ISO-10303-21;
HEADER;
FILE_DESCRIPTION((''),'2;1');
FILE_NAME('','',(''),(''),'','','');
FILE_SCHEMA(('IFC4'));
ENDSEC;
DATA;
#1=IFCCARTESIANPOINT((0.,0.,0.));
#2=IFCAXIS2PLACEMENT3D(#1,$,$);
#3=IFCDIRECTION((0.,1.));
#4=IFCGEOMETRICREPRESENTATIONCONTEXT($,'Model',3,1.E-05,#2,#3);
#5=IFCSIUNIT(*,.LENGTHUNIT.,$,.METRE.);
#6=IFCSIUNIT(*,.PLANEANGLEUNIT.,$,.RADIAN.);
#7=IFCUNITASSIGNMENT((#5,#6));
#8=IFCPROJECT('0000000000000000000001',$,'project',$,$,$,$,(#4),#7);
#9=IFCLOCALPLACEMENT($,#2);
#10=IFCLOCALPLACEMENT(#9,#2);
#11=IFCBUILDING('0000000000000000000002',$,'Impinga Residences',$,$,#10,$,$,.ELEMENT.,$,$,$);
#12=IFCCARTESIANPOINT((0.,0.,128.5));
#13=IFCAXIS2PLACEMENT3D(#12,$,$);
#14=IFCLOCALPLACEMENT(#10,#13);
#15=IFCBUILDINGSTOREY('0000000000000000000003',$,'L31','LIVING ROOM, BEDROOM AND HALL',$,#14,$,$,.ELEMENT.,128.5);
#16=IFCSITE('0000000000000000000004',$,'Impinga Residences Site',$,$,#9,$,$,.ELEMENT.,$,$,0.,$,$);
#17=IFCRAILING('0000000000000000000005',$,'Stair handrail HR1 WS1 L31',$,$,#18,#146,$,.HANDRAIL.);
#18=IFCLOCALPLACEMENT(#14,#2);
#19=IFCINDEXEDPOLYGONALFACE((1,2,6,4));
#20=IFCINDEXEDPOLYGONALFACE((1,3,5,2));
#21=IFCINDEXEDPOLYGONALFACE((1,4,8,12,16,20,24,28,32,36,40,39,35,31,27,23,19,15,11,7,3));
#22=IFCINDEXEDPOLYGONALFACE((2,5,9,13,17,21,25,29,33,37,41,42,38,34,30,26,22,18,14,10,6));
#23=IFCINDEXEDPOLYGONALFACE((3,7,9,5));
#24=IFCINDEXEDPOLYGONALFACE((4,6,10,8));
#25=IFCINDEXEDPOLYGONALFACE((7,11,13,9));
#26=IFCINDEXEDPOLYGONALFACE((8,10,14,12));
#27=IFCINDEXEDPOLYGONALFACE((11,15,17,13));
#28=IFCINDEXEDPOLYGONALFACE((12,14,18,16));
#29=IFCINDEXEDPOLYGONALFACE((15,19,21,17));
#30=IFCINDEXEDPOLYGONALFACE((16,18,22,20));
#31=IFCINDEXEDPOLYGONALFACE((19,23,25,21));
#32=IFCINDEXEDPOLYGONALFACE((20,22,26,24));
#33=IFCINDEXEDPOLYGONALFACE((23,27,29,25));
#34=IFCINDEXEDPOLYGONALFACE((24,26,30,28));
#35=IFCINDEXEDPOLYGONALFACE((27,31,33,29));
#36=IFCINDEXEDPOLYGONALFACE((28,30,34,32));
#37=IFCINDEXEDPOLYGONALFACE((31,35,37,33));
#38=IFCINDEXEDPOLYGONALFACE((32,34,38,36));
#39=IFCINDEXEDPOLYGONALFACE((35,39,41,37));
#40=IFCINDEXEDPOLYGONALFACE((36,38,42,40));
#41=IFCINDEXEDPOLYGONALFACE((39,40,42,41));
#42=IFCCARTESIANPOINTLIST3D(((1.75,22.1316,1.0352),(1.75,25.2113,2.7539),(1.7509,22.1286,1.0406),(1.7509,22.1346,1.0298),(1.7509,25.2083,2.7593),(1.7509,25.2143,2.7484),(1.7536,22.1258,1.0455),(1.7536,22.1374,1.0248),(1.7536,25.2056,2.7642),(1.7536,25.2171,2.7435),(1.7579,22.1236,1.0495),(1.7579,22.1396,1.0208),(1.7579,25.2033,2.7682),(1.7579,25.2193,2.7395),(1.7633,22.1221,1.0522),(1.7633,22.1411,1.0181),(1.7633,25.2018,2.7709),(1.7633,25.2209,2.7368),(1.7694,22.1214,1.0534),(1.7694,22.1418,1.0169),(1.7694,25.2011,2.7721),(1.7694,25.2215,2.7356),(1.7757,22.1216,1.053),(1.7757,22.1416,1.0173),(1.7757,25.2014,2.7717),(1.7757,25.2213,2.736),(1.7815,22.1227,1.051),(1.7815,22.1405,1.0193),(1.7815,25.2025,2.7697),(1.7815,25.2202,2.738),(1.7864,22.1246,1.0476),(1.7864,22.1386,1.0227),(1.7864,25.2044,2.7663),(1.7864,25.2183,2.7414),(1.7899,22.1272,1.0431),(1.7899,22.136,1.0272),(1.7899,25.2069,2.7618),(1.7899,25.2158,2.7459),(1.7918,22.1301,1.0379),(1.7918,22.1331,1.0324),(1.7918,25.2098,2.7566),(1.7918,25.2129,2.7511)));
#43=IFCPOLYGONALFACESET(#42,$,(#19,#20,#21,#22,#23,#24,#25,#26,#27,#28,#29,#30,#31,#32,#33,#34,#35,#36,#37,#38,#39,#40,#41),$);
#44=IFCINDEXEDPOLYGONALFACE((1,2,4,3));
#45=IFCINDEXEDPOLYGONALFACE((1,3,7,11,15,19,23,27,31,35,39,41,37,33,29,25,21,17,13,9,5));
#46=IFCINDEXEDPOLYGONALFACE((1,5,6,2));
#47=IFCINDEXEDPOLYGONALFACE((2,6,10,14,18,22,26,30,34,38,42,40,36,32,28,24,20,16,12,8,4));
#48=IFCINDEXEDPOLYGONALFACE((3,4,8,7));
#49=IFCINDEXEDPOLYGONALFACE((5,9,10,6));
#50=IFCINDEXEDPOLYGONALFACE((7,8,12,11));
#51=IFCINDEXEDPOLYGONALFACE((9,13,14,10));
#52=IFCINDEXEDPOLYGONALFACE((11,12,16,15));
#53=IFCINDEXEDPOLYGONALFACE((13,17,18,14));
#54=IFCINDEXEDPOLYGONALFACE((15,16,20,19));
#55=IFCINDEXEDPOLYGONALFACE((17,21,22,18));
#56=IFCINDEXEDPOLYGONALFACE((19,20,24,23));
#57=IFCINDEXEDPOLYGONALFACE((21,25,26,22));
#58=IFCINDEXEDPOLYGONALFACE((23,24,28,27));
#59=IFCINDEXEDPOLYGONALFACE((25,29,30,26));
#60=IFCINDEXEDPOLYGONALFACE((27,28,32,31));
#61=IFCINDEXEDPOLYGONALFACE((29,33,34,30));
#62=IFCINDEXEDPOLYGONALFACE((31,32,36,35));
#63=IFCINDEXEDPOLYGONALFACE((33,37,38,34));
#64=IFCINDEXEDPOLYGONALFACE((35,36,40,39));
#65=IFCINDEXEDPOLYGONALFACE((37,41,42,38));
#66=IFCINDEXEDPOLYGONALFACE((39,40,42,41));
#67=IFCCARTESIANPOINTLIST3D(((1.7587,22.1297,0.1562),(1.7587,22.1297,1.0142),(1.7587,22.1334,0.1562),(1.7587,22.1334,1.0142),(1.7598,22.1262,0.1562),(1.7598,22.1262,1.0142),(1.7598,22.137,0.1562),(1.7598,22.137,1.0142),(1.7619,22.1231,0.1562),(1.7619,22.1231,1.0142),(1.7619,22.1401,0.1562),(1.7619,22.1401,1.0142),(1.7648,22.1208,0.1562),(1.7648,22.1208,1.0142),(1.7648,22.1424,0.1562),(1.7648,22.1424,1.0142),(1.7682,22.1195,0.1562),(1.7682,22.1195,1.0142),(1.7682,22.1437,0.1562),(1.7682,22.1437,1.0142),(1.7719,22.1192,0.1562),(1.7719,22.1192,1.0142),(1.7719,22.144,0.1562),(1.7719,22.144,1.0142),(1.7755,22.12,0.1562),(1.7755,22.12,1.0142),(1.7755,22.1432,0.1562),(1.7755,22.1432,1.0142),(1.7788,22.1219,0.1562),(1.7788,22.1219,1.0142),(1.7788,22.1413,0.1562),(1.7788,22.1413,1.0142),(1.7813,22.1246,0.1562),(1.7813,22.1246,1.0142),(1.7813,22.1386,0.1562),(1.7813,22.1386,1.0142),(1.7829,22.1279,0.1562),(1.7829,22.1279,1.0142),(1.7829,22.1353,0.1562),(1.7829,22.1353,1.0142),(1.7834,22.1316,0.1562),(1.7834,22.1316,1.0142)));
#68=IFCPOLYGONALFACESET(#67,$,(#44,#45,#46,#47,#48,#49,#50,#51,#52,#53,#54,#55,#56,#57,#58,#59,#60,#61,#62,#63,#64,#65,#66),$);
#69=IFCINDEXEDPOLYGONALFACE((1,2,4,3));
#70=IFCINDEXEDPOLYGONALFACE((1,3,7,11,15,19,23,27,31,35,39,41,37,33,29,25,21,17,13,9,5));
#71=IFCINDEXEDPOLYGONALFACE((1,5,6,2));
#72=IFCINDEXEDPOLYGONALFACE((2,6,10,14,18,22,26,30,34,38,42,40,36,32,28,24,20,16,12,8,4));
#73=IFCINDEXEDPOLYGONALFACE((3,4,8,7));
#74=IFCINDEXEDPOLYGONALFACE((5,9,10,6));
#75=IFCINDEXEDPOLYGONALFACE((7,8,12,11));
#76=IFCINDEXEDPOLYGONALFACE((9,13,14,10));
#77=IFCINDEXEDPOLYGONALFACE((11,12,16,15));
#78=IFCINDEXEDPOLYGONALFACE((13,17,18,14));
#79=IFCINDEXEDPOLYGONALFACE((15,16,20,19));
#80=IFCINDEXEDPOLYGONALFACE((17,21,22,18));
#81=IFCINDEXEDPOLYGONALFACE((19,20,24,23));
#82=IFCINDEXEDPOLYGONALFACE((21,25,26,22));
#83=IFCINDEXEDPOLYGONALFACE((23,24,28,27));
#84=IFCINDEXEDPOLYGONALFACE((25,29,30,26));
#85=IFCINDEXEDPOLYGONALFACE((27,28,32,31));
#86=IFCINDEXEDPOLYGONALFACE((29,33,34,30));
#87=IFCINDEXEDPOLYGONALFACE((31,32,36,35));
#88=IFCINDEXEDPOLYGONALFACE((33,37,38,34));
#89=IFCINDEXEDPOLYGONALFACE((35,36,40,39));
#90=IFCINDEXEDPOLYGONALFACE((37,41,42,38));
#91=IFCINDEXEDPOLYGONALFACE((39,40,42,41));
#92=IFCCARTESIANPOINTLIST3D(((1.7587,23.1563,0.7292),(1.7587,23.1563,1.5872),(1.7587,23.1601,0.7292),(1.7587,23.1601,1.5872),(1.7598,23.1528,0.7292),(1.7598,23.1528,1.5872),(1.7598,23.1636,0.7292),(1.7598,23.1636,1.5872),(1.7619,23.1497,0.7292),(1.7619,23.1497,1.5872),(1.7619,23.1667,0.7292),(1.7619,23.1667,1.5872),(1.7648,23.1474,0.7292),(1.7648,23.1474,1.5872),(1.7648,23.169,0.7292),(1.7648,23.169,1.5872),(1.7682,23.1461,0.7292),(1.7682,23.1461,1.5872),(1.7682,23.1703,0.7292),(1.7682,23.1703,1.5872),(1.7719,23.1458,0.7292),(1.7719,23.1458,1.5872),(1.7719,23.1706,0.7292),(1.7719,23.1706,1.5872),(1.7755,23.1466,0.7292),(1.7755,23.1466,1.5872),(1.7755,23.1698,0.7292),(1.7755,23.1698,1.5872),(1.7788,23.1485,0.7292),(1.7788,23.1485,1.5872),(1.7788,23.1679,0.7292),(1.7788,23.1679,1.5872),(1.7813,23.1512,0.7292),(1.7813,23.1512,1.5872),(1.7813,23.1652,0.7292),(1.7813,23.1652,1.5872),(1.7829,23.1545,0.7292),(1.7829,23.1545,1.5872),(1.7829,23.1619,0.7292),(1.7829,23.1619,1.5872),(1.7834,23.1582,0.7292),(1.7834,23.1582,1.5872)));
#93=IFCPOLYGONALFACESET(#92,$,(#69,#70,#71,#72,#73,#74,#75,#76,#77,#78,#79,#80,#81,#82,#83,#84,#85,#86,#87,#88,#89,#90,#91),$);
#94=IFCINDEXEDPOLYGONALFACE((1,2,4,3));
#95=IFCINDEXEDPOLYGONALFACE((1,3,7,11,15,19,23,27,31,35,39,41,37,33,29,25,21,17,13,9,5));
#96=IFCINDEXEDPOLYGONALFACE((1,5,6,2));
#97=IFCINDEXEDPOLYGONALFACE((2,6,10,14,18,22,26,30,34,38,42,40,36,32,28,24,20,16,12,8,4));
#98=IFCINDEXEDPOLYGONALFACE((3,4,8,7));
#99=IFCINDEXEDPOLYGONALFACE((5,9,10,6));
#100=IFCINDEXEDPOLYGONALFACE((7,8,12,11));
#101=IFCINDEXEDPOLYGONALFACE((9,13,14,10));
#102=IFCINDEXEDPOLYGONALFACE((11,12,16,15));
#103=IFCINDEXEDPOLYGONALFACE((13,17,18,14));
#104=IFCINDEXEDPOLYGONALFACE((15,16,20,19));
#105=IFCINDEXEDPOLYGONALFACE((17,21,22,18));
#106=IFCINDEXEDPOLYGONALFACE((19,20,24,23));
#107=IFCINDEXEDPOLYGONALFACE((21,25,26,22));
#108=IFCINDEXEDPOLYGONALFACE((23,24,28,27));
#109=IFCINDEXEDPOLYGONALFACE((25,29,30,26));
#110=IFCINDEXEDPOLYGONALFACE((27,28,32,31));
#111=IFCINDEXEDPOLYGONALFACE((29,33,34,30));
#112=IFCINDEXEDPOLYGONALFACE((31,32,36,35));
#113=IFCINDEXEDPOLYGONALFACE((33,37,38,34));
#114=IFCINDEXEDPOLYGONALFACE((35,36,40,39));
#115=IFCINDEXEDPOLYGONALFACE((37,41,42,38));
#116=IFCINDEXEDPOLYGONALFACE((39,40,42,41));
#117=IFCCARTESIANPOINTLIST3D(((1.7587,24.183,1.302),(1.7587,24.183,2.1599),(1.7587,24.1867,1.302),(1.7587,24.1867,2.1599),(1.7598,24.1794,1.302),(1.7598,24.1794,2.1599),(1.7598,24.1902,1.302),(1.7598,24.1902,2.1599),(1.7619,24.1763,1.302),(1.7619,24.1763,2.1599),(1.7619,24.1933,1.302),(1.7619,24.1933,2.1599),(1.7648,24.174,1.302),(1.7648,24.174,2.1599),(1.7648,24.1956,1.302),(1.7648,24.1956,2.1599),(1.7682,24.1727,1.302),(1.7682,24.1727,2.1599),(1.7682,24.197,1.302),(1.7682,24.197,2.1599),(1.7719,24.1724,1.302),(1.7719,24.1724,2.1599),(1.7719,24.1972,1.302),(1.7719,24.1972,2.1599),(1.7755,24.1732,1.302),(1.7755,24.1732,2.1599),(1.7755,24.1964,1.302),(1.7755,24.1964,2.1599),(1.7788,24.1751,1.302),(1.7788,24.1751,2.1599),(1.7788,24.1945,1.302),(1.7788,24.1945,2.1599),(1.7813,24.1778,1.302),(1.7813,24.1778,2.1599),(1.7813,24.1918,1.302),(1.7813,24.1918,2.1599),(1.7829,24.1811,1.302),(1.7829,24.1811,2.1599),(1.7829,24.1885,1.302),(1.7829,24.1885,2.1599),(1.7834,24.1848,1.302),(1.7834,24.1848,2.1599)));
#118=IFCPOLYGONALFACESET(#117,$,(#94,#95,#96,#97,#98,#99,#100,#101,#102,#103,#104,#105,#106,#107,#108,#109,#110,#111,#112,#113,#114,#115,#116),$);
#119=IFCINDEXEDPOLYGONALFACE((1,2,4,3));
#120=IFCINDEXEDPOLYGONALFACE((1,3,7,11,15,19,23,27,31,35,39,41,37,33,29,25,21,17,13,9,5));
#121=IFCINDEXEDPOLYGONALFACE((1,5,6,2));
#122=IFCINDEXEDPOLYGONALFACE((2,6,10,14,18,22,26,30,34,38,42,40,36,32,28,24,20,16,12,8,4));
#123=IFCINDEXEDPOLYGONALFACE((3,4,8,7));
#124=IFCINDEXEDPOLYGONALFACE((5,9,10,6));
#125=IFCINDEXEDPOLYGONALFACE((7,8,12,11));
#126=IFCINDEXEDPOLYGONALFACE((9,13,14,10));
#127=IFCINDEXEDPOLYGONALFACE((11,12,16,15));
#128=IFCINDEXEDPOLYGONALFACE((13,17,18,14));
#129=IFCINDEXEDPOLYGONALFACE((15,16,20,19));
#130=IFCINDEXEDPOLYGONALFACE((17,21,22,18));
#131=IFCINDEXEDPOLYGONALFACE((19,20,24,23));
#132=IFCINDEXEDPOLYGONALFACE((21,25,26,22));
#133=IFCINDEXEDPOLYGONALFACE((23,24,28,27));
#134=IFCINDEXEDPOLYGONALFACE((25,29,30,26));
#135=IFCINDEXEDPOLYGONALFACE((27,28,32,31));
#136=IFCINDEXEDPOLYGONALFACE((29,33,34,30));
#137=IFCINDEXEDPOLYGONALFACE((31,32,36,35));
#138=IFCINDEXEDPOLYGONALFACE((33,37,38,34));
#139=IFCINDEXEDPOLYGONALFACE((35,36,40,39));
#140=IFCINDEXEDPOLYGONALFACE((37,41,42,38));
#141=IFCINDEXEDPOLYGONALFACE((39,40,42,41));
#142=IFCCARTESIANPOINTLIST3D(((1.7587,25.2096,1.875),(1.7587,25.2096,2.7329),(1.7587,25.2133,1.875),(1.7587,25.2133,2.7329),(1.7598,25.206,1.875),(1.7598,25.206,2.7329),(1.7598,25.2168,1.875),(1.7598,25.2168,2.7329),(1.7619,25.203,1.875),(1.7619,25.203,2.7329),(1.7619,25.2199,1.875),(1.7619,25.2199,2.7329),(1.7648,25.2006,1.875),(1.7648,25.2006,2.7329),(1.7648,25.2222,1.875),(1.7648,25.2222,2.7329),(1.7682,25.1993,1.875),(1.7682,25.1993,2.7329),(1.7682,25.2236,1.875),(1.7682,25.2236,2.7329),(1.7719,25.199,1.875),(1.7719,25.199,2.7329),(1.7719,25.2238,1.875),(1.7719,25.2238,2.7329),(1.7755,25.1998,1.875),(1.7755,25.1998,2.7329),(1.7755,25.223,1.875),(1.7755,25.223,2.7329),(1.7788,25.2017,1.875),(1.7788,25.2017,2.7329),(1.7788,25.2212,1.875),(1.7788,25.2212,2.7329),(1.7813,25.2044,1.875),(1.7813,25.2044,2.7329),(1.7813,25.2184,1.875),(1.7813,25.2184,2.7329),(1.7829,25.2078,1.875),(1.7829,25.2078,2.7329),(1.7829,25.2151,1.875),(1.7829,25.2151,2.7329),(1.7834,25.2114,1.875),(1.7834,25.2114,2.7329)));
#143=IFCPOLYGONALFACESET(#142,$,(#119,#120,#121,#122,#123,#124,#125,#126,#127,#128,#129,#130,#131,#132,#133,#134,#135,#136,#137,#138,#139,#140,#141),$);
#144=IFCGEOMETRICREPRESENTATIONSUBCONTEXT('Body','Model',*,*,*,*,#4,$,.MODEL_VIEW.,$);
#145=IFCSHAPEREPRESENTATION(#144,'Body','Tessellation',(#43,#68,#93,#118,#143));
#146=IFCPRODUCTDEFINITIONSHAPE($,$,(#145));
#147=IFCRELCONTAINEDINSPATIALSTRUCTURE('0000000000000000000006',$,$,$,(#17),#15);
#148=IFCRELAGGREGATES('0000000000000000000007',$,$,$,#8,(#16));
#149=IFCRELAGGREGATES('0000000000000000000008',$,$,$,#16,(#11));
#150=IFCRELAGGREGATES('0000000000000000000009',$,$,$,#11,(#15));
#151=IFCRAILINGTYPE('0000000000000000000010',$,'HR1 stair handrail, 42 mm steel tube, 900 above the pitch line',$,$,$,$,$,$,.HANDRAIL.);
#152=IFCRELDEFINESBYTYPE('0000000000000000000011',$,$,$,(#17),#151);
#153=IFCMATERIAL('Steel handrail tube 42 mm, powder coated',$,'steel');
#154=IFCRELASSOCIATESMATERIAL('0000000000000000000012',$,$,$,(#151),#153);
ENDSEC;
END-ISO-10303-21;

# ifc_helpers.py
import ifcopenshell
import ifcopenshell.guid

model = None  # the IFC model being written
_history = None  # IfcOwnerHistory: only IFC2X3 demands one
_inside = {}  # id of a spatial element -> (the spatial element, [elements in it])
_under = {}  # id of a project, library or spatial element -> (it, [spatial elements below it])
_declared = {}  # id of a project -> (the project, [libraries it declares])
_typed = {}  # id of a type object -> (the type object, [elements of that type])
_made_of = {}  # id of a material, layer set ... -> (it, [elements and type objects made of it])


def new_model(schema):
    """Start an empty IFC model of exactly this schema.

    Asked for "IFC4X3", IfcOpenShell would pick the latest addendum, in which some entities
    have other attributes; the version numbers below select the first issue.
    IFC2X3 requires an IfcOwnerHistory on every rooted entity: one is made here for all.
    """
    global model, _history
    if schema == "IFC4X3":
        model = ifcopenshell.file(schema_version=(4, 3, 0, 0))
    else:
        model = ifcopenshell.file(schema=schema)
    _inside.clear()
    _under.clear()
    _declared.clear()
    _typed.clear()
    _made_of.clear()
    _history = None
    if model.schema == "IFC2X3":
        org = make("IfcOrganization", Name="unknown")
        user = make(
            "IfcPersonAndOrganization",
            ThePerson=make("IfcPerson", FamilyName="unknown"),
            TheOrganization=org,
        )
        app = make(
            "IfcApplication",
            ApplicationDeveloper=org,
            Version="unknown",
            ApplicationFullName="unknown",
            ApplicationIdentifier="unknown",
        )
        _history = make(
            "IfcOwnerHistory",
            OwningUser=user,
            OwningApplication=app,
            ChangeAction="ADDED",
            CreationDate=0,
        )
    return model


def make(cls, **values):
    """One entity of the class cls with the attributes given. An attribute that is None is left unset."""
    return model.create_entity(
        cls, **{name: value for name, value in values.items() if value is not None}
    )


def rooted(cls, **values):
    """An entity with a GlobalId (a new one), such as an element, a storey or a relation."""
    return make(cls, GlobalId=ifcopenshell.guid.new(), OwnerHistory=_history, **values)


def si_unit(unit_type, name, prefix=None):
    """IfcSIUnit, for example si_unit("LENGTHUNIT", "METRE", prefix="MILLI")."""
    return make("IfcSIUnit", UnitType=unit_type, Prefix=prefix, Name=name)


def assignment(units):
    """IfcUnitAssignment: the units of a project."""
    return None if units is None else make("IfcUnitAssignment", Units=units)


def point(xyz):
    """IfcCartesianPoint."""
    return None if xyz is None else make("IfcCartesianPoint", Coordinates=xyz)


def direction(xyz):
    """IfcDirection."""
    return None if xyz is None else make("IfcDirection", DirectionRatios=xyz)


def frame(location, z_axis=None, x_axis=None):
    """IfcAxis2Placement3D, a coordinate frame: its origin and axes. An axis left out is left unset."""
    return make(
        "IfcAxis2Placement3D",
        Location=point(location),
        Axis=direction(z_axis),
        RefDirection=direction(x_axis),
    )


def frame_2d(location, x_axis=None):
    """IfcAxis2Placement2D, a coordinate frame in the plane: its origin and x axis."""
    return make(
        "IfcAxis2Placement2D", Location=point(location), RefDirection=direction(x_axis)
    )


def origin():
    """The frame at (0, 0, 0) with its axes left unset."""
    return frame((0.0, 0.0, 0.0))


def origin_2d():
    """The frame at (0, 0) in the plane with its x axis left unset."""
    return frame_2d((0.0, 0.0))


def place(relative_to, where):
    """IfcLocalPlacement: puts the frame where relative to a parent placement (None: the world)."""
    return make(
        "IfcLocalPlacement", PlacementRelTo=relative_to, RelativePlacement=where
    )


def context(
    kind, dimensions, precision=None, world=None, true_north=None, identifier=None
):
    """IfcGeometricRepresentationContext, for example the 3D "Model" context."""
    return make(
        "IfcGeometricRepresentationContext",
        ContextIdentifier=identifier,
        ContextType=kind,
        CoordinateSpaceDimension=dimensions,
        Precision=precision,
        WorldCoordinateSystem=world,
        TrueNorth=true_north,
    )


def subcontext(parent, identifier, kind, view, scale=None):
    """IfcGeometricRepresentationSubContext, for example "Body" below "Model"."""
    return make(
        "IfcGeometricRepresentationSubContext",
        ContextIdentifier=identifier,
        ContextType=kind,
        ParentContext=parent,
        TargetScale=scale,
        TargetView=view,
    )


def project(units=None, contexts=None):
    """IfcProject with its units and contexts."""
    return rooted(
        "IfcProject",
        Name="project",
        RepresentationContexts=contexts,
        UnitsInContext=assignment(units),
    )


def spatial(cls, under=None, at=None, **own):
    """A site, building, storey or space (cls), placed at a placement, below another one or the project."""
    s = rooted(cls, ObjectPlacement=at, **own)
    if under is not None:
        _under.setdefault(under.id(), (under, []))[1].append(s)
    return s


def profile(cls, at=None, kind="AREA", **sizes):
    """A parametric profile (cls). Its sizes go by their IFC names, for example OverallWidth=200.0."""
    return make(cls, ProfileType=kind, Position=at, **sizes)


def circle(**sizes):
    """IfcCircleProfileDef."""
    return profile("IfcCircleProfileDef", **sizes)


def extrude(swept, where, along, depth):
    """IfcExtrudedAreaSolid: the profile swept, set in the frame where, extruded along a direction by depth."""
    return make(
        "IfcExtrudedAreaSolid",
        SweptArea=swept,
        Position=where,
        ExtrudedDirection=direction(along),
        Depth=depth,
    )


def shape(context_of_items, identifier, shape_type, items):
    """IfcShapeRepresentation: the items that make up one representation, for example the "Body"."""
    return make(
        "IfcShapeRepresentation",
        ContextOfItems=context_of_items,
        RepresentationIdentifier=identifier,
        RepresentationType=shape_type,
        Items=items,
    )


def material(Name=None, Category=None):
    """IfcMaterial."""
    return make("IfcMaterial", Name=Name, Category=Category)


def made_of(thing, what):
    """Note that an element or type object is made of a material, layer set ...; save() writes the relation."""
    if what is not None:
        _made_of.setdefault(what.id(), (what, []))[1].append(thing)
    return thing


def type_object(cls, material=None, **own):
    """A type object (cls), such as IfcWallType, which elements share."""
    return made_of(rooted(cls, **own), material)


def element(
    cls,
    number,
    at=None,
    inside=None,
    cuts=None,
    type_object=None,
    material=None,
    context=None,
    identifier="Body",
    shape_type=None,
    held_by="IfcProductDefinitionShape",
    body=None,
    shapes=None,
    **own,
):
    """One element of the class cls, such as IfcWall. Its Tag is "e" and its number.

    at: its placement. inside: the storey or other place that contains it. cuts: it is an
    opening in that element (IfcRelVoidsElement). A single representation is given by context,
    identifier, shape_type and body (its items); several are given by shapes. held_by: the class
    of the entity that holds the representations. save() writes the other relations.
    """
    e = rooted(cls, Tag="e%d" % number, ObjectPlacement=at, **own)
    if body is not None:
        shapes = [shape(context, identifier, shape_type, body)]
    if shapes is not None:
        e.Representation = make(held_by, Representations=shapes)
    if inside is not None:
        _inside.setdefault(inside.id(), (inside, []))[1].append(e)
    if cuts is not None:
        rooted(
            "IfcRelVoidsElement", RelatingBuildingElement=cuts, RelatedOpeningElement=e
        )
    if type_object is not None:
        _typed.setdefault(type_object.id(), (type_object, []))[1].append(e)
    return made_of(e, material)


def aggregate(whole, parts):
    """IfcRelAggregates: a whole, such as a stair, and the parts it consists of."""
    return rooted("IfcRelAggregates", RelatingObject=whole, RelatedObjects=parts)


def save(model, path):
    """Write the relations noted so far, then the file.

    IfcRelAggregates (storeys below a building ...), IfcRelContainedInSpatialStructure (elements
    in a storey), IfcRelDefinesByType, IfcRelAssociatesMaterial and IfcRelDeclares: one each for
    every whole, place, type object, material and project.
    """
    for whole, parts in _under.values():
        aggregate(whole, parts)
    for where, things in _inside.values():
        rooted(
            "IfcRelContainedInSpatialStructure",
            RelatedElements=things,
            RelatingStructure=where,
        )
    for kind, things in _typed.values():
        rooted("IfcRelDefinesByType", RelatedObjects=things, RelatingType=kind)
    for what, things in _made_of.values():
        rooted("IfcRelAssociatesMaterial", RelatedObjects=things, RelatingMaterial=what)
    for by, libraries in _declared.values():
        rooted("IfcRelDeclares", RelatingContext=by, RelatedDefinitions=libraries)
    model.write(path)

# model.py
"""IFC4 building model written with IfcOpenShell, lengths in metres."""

from ifc_helpers import new_model, si_unit, direction, frame, origin, origin_2d, place, context, subcontext, project, spatial, circle, extrude, material, type_object, element, save


model = new_model("IFC4")

# Units and contexts
model_context = context("Model", 3, precision=1e-05, world=origin(), true_north=direction((0.0, 1.0)))
body_context = subcontext(model_context, "Body", "Model", "MODEL_VIEW")
ifc_project = project(units=[si_unit("LENGTHUNIT", "METRE"), si_unit("PLANEANGLEUNIT", "RADIAN")], contexts=[model_context])

# Site, building, storey
site_placement = place(None, origin())
site = spatial("IfcSite", under=ifc_project, at=site_placement, Name="Impinga Residences Site", CompositionType="ELEMENT", RefElevation=0.0)
building_placement = place(site_placement, origin())
building = spatial("IfcBuilding", under=site, at=building_placement, Name="Impinga Residences", CompositionType="ELEMENT")
storey_placement = place(building_placement, frame((0.0, 0.0, 128.5)))
storey = spatial("IfcBuildingStorey", under=building, at=storey_placement, Name="L31", Description="LIVING ROOM, BEDROOM AND HALL", CompositionType="ELEMENT", Elevation=128.5)

# Railing
ifc_material_1 = material(Name="Steel handrail tube 42 mm, powder coated", Category="steel")
railing_type_1 = type_object("IfcRailingType", Name="HR1 stair handrail, 42 mm steel tube, 900 above the pitch line", PredefinedType="HANDRAIL", material=ifc_material_1)
railing_1_placement = place(storey_placement, frame((1.771, 22.1316, 0.1562)))
element("IfcRailing", 1, at=railing_1_placement, inside=storey, type_object=railing_type_1, Name="Stair handrail HR1 WS1 L31", PredefinedType="HANDRAIL", context=body_context, shape_type="SweptSolid", body=[
    extrude(circle(Radius=0.021, at=origin_2d()), frame((0.0, 0.0, 0.8789), z_axis=(0.0, 0.873225, 0.487317), x_axis=(-1.0, 0.0, 0.0)), (0.0, 0.0, 1.0), 3.5269),
    extrude(circle(Radius=0.0125, at=origin_2d()), origin(), (0.0, 0.0, 1.0), 0.8579),
    extrude(circle(Radius=0.0125, at=origin_2d()), frame((0.0, 1.0266, 0.573)), (0.0, 0.0, 1.0), 0.8579),
    extrude(circle(Radius=0.0125, at=origin_2d()), frame((0.0, 2.0532, 1.1458)), (0.0, 0.0, 1.0), 0.8579),
    extrude(circle(Radius=0.0125, at=origin_2d()), frame((0.0, 3.0798, 1.7188)), (0.0, 0.0, 1.0), 0.8579),
])

save(model, "model.ifc")
